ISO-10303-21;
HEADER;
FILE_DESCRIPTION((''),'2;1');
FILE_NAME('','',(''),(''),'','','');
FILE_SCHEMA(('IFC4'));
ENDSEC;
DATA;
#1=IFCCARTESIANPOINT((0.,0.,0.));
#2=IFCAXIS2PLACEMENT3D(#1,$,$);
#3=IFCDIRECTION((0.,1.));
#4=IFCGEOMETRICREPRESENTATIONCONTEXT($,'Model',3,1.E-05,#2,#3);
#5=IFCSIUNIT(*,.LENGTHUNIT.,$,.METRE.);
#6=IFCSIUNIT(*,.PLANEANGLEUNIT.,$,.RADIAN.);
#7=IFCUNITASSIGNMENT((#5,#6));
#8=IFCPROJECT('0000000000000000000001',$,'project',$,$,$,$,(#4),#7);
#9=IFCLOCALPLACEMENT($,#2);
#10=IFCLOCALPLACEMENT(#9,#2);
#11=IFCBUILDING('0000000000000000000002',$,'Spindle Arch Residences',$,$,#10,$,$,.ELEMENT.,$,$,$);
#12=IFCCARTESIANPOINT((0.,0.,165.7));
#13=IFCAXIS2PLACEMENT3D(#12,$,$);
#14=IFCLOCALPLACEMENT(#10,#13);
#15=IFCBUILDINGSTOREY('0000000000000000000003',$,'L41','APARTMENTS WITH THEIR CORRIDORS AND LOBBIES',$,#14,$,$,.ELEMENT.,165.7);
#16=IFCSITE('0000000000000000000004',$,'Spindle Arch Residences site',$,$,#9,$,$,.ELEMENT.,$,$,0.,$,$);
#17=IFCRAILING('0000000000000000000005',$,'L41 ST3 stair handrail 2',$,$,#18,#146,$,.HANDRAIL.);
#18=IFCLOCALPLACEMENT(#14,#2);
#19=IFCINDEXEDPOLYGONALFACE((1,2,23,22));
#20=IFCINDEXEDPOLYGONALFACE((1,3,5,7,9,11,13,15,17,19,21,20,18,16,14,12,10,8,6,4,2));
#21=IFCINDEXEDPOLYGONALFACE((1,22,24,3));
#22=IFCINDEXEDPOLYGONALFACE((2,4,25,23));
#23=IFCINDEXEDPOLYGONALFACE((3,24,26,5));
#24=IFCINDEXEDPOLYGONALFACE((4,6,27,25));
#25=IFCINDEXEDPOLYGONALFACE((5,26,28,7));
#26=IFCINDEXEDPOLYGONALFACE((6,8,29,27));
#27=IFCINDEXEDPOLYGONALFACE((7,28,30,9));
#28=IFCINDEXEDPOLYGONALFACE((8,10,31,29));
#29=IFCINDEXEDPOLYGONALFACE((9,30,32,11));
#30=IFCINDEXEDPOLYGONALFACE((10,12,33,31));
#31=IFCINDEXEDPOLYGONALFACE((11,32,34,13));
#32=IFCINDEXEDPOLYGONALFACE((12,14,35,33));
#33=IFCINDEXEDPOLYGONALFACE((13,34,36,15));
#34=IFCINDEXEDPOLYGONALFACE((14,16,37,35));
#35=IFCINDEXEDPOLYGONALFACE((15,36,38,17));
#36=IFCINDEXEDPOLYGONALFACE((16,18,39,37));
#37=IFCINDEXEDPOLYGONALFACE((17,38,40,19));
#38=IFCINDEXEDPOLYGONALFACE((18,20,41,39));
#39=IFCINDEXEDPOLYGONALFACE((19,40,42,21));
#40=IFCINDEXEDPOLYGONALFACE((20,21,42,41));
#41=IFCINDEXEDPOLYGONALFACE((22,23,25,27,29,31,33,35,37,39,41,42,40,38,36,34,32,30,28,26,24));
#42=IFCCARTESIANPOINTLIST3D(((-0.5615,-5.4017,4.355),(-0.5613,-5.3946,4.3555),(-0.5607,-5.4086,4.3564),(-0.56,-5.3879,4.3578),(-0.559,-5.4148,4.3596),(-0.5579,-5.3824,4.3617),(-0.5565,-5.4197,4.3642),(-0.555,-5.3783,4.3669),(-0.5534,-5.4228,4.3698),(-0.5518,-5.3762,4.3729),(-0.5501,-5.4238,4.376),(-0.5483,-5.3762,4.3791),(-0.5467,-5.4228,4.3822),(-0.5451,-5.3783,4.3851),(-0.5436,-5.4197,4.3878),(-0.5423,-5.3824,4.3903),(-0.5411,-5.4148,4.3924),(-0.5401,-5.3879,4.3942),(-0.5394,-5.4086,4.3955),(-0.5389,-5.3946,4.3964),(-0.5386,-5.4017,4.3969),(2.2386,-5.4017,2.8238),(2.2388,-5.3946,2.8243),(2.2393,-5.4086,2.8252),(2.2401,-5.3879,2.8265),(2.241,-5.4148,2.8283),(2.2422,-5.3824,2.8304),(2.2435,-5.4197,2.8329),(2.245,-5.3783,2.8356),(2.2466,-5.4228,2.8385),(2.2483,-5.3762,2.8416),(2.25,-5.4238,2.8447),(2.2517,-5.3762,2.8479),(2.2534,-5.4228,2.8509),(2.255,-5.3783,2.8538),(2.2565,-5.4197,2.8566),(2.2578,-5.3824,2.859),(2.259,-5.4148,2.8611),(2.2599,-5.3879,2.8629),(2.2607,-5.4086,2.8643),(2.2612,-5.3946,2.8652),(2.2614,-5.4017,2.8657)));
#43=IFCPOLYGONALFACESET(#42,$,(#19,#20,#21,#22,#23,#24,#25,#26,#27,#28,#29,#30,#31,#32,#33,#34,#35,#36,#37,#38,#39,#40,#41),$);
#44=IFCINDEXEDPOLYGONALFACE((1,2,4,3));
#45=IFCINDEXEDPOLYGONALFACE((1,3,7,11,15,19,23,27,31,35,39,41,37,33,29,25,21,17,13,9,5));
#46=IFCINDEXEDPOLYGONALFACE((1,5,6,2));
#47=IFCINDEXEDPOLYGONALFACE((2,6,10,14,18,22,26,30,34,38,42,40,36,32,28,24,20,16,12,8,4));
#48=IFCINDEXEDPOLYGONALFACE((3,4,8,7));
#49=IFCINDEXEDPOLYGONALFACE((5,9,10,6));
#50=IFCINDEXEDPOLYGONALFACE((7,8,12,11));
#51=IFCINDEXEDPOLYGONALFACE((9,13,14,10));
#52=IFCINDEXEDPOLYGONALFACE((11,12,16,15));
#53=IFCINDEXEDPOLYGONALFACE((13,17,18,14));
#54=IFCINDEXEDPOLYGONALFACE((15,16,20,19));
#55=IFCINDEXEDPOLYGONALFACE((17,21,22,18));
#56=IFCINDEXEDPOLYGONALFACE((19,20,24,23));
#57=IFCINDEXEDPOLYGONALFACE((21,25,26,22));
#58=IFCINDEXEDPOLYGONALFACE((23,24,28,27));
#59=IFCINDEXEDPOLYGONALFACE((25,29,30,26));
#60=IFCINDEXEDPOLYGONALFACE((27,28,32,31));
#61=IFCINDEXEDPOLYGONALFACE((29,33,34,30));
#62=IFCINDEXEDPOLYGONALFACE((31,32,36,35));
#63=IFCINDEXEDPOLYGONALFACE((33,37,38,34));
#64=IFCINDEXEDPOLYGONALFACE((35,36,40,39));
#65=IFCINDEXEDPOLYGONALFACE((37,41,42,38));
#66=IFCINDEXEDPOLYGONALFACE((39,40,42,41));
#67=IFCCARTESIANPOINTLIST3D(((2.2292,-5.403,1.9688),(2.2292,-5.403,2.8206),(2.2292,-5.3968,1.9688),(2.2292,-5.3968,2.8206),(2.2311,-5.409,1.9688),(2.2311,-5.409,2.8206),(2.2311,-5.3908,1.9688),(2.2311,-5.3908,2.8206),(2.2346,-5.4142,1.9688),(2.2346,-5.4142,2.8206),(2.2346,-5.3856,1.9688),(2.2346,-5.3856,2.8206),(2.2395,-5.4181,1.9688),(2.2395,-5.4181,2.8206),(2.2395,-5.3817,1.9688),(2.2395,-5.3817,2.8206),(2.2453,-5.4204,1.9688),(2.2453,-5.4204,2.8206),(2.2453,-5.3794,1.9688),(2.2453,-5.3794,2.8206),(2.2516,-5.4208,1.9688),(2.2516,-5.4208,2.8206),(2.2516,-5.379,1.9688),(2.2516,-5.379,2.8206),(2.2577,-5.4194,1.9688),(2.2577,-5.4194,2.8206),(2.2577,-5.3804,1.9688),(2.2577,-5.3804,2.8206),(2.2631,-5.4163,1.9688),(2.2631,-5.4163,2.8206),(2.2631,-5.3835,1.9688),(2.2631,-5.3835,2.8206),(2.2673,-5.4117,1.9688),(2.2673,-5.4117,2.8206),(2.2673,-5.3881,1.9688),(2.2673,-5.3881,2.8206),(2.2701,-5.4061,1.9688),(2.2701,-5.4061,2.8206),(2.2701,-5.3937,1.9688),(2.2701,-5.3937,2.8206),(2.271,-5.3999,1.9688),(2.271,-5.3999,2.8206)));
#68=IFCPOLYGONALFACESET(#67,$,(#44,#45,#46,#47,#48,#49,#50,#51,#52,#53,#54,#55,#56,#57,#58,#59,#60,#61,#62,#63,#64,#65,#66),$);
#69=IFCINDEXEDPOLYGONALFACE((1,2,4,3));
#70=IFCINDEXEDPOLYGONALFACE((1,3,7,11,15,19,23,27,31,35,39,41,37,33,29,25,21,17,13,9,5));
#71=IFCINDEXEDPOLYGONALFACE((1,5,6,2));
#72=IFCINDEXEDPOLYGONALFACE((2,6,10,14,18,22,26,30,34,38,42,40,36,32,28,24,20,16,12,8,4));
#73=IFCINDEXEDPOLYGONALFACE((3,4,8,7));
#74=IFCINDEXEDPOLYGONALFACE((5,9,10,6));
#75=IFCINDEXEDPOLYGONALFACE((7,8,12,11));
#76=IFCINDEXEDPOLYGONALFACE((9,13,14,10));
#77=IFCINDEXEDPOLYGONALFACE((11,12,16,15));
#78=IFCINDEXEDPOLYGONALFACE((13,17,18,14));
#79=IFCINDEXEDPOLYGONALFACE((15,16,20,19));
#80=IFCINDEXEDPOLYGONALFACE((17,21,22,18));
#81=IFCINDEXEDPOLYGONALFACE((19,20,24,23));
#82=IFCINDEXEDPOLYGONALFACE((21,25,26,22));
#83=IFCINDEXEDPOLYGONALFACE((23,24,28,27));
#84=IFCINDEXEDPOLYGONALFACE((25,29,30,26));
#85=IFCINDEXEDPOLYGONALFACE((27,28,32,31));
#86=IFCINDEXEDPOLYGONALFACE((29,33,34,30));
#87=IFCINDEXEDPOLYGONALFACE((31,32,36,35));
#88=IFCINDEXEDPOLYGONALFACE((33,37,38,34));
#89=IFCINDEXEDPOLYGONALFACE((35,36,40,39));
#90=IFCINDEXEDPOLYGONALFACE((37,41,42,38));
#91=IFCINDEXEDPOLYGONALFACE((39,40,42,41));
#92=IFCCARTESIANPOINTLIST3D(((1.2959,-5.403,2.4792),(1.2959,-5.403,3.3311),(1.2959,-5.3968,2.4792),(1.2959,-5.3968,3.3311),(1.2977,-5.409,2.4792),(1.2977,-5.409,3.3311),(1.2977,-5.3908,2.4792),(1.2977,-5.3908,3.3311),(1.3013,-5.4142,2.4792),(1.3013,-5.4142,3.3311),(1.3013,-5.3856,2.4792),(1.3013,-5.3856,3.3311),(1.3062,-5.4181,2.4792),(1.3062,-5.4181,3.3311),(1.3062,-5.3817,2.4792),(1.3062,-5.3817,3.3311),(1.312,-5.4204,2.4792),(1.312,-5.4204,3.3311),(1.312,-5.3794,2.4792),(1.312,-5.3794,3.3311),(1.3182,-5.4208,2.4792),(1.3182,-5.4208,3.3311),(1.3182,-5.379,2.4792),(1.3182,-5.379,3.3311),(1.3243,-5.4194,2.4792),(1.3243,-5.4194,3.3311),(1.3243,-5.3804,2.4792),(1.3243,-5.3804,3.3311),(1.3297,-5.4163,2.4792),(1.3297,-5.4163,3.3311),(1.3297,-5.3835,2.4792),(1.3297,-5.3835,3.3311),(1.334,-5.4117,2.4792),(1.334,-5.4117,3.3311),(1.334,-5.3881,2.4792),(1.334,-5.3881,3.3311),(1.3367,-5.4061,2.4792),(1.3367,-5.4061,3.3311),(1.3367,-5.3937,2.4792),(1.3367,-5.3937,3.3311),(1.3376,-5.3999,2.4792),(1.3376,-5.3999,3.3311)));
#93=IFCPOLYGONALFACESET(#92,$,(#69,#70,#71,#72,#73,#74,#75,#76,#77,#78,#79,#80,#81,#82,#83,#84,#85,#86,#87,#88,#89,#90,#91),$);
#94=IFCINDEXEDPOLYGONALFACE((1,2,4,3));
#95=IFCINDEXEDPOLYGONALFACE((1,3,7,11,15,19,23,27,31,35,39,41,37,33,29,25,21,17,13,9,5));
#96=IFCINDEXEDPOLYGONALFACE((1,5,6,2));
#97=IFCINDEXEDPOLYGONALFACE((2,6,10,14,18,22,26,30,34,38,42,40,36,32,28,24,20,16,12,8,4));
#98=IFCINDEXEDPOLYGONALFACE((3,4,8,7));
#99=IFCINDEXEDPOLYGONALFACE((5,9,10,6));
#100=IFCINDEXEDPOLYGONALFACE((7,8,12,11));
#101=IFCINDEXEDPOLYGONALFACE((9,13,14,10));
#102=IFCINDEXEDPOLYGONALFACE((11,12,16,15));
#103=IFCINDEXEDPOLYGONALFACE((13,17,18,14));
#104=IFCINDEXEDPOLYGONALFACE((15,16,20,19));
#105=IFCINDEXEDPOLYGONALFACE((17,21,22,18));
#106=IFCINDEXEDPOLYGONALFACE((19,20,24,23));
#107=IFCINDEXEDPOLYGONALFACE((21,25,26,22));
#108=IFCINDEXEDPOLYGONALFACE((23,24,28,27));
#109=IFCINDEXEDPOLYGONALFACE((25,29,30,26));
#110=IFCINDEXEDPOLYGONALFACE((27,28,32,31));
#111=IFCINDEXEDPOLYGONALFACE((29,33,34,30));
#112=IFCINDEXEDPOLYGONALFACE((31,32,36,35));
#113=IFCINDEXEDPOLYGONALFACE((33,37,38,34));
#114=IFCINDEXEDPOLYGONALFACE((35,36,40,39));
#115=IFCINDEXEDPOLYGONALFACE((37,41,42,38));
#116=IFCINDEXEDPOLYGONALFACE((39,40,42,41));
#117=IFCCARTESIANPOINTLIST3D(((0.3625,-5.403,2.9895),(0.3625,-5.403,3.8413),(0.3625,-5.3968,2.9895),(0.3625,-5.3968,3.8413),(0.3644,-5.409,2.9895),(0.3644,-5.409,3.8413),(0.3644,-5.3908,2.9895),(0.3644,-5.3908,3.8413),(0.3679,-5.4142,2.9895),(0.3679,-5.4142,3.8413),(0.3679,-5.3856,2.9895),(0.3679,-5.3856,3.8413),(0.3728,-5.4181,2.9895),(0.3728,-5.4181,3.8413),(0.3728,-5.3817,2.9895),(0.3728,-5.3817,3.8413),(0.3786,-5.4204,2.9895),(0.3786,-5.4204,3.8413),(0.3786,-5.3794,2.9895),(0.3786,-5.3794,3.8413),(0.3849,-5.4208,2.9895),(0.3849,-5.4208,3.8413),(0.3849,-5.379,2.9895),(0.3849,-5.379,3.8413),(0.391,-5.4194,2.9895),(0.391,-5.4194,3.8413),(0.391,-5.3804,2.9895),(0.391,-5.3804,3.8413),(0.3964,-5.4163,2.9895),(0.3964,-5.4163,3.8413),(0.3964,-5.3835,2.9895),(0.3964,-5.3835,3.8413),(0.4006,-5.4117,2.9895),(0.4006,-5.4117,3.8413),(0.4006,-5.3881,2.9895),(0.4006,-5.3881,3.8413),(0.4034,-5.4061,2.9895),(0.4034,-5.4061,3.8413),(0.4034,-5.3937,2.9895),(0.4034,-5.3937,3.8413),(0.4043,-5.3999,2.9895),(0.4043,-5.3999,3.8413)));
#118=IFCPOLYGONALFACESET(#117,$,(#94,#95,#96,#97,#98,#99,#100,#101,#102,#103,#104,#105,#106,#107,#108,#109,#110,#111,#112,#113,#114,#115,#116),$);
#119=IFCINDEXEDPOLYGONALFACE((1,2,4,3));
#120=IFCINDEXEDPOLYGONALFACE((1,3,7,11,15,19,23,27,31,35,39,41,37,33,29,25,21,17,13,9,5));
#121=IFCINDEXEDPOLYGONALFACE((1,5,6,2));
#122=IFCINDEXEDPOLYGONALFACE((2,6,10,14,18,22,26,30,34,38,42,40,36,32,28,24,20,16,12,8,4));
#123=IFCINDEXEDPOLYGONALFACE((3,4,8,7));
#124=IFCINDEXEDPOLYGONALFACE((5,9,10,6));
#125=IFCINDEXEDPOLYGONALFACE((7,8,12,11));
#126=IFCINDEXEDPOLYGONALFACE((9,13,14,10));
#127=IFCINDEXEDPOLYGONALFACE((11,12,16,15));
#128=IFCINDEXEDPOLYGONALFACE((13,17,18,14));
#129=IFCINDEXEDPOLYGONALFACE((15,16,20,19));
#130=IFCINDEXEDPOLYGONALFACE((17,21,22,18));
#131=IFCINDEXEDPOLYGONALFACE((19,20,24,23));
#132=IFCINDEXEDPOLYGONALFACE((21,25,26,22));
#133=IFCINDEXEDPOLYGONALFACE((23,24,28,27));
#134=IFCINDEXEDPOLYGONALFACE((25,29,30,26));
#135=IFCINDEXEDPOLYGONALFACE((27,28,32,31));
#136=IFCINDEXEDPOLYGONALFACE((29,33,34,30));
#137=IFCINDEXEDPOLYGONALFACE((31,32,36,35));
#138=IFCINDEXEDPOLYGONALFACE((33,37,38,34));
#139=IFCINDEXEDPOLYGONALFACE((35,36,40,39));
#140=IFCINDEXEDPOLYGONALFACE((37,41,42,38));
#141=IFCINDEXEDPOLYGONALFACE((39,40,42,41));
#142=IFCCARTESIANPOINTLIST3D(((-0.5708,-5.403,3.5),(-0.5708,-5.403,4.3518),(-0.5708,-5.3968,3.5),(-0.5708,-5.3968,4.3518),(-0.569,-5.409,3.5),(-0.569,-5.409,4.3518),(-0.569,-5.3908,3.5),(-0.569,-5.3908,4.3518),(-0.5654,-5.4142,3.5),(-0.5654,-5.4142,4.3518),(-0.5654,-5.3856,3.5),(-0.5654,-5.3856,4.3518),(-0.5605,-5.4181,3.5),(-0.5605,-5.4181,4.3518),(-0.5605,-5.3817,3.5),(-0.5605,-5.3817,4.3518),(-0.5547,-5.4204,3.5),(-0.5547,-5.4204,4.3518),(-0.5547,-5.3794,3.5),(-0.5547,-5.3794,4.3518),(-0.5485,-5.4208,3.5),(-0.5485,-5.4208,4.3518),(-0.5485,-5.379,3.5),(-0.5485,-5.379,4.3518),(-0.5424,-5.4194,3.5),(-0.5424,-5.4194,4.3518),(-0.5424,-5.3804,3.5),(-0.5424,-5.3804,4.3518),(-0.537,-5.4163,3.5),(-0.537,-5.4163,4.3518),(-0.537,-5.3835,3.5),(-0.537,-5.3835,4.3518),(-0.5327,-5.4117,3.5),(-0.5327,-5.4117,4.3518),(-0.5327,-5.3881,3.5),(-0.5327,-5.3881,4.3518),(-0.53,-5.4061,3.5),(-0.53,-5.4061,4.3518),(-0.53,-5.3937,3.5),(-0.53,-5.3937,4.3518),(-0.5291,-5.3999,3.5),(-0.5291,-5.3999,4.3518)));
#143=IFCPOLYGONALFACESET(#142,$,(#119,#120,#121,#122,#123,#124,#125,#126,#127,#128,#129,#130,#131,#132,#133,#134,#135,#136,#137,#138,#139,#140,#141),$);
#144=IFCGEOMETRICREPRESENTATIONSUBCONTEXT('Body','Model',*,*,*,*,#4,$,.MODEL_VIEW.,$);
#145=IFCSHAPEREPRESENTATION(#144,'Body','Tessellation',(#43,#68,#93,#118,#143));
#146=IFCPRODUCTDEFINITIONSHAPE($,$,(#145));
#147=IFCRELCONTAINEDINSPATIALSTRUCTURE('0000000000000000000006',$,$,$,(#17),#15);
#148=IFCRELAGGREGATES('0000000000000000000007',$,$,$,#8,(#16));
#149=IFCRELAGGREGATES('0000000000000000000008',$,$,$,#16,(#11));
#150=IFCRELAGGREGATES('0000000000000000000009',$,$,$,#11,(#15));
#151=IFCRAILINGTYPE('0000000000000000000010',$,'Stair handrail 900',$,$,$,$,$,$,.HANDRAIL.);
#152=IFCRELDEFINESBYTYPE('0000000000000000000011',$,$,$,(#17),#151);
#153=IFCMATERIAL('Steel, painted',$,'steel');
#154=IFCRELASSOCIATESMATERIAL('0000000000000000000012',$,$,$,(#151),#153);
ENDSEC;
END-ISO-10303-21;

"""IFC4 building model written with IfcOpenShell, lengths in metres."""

from ifc_helpers import new_model, si_unit, direction, frame, origin, origin_2d, place, context, subcontext, project, spatial, circle, extrude, material, type_object, element, save


model = new_model("IFC4")

# Units and contexts
model_context = context("Model", 3, precision=1e-05, world=origin(), true_north=direction((0.0, 1.0)))
body_context = subcontext(model_context, "Body", "Model", "MODEL_VIEW")
ifc_project = project(units=[si_unit("LENGTHUNIT", "METRE"), si_unit("PLANEANGLEUNIT", "RADIAN")], contexts=[model_context])

# Site, building, storey
site_placement = place(None, origin())
site = spatial("IfcSite", under=ifc_project, at=site_placement, Name="Spindle Arch Residences site", CompositionType="ELEMENT", RefElevation=0.0)
building_placement = place(site_placement, origin())
building = spatial("IfcBuilding", under=site, at=building_placement, Name="Spindle Arch Residences", CompositionType="ELEMENT")
storey_placement = place(building_placement, frame((0.0, 0.0, 165.7)))
storey = spatial("IfcBuildingStorey", under=building, at=storey_placement, Name="L41", Description="APARTMENTS WITH THEIR CORRIDORS AND LOBBIES", CompositionType="ELEMENT", Elevation=165.7)

# Railing
ifc_material_1 = material(Name="Steel, painted", Category="steel")
railing_type_1 = type_object("IfcRailingType", Name="Stair handrail 900", PredefinedType="HANDRAIL", material=ifc_material_1)
railing_1_placement = place(storey_placement, frame((2.25, -5.3999, 1.9688)))
element("IfcRailing", 1, at=railing_1_placement, inside=storey, type_object=railing_type_1, Name="L41 ST3 stair handrail 2", PredefinedType="HANDRAIL", context=body_context, shape_type="SweptSolid", body=[
    extrude(circle(Radius=0.0239, at=origin_2d()), frame((0.0, 0.0, 0.876), z_axis=(-0.877375, 0.0, 0.479806), x_axis=(0.0, -1.0, 0.0)), (0.0, 0.0, 1.0), 3.1914),
    extrude(circle(Radius=0.021, at=origin_2d()), origin(), (0.0, 0.0, 1.0), 0.8518),
    extrude(circle(Radius=0.021, at=origin_2d()), frame((-0.9333, 0.0, 0.5105)), (0.0, 0.0, 1.0), 0.8518),
    extrude(circle(Radius=0.021, at=origin_2d()), frame((-1.8667, 0.0, 1.0208)), (0.0, 0.0, 1.0), 0.8518),
    extrude(circle(Radius=0.021, at=origin_2d()), frame((-2.8, 0.0, 1.5312)), (0.0, 0.0, 1.0), 0.8518),
])

save(model, "model.ifc")
